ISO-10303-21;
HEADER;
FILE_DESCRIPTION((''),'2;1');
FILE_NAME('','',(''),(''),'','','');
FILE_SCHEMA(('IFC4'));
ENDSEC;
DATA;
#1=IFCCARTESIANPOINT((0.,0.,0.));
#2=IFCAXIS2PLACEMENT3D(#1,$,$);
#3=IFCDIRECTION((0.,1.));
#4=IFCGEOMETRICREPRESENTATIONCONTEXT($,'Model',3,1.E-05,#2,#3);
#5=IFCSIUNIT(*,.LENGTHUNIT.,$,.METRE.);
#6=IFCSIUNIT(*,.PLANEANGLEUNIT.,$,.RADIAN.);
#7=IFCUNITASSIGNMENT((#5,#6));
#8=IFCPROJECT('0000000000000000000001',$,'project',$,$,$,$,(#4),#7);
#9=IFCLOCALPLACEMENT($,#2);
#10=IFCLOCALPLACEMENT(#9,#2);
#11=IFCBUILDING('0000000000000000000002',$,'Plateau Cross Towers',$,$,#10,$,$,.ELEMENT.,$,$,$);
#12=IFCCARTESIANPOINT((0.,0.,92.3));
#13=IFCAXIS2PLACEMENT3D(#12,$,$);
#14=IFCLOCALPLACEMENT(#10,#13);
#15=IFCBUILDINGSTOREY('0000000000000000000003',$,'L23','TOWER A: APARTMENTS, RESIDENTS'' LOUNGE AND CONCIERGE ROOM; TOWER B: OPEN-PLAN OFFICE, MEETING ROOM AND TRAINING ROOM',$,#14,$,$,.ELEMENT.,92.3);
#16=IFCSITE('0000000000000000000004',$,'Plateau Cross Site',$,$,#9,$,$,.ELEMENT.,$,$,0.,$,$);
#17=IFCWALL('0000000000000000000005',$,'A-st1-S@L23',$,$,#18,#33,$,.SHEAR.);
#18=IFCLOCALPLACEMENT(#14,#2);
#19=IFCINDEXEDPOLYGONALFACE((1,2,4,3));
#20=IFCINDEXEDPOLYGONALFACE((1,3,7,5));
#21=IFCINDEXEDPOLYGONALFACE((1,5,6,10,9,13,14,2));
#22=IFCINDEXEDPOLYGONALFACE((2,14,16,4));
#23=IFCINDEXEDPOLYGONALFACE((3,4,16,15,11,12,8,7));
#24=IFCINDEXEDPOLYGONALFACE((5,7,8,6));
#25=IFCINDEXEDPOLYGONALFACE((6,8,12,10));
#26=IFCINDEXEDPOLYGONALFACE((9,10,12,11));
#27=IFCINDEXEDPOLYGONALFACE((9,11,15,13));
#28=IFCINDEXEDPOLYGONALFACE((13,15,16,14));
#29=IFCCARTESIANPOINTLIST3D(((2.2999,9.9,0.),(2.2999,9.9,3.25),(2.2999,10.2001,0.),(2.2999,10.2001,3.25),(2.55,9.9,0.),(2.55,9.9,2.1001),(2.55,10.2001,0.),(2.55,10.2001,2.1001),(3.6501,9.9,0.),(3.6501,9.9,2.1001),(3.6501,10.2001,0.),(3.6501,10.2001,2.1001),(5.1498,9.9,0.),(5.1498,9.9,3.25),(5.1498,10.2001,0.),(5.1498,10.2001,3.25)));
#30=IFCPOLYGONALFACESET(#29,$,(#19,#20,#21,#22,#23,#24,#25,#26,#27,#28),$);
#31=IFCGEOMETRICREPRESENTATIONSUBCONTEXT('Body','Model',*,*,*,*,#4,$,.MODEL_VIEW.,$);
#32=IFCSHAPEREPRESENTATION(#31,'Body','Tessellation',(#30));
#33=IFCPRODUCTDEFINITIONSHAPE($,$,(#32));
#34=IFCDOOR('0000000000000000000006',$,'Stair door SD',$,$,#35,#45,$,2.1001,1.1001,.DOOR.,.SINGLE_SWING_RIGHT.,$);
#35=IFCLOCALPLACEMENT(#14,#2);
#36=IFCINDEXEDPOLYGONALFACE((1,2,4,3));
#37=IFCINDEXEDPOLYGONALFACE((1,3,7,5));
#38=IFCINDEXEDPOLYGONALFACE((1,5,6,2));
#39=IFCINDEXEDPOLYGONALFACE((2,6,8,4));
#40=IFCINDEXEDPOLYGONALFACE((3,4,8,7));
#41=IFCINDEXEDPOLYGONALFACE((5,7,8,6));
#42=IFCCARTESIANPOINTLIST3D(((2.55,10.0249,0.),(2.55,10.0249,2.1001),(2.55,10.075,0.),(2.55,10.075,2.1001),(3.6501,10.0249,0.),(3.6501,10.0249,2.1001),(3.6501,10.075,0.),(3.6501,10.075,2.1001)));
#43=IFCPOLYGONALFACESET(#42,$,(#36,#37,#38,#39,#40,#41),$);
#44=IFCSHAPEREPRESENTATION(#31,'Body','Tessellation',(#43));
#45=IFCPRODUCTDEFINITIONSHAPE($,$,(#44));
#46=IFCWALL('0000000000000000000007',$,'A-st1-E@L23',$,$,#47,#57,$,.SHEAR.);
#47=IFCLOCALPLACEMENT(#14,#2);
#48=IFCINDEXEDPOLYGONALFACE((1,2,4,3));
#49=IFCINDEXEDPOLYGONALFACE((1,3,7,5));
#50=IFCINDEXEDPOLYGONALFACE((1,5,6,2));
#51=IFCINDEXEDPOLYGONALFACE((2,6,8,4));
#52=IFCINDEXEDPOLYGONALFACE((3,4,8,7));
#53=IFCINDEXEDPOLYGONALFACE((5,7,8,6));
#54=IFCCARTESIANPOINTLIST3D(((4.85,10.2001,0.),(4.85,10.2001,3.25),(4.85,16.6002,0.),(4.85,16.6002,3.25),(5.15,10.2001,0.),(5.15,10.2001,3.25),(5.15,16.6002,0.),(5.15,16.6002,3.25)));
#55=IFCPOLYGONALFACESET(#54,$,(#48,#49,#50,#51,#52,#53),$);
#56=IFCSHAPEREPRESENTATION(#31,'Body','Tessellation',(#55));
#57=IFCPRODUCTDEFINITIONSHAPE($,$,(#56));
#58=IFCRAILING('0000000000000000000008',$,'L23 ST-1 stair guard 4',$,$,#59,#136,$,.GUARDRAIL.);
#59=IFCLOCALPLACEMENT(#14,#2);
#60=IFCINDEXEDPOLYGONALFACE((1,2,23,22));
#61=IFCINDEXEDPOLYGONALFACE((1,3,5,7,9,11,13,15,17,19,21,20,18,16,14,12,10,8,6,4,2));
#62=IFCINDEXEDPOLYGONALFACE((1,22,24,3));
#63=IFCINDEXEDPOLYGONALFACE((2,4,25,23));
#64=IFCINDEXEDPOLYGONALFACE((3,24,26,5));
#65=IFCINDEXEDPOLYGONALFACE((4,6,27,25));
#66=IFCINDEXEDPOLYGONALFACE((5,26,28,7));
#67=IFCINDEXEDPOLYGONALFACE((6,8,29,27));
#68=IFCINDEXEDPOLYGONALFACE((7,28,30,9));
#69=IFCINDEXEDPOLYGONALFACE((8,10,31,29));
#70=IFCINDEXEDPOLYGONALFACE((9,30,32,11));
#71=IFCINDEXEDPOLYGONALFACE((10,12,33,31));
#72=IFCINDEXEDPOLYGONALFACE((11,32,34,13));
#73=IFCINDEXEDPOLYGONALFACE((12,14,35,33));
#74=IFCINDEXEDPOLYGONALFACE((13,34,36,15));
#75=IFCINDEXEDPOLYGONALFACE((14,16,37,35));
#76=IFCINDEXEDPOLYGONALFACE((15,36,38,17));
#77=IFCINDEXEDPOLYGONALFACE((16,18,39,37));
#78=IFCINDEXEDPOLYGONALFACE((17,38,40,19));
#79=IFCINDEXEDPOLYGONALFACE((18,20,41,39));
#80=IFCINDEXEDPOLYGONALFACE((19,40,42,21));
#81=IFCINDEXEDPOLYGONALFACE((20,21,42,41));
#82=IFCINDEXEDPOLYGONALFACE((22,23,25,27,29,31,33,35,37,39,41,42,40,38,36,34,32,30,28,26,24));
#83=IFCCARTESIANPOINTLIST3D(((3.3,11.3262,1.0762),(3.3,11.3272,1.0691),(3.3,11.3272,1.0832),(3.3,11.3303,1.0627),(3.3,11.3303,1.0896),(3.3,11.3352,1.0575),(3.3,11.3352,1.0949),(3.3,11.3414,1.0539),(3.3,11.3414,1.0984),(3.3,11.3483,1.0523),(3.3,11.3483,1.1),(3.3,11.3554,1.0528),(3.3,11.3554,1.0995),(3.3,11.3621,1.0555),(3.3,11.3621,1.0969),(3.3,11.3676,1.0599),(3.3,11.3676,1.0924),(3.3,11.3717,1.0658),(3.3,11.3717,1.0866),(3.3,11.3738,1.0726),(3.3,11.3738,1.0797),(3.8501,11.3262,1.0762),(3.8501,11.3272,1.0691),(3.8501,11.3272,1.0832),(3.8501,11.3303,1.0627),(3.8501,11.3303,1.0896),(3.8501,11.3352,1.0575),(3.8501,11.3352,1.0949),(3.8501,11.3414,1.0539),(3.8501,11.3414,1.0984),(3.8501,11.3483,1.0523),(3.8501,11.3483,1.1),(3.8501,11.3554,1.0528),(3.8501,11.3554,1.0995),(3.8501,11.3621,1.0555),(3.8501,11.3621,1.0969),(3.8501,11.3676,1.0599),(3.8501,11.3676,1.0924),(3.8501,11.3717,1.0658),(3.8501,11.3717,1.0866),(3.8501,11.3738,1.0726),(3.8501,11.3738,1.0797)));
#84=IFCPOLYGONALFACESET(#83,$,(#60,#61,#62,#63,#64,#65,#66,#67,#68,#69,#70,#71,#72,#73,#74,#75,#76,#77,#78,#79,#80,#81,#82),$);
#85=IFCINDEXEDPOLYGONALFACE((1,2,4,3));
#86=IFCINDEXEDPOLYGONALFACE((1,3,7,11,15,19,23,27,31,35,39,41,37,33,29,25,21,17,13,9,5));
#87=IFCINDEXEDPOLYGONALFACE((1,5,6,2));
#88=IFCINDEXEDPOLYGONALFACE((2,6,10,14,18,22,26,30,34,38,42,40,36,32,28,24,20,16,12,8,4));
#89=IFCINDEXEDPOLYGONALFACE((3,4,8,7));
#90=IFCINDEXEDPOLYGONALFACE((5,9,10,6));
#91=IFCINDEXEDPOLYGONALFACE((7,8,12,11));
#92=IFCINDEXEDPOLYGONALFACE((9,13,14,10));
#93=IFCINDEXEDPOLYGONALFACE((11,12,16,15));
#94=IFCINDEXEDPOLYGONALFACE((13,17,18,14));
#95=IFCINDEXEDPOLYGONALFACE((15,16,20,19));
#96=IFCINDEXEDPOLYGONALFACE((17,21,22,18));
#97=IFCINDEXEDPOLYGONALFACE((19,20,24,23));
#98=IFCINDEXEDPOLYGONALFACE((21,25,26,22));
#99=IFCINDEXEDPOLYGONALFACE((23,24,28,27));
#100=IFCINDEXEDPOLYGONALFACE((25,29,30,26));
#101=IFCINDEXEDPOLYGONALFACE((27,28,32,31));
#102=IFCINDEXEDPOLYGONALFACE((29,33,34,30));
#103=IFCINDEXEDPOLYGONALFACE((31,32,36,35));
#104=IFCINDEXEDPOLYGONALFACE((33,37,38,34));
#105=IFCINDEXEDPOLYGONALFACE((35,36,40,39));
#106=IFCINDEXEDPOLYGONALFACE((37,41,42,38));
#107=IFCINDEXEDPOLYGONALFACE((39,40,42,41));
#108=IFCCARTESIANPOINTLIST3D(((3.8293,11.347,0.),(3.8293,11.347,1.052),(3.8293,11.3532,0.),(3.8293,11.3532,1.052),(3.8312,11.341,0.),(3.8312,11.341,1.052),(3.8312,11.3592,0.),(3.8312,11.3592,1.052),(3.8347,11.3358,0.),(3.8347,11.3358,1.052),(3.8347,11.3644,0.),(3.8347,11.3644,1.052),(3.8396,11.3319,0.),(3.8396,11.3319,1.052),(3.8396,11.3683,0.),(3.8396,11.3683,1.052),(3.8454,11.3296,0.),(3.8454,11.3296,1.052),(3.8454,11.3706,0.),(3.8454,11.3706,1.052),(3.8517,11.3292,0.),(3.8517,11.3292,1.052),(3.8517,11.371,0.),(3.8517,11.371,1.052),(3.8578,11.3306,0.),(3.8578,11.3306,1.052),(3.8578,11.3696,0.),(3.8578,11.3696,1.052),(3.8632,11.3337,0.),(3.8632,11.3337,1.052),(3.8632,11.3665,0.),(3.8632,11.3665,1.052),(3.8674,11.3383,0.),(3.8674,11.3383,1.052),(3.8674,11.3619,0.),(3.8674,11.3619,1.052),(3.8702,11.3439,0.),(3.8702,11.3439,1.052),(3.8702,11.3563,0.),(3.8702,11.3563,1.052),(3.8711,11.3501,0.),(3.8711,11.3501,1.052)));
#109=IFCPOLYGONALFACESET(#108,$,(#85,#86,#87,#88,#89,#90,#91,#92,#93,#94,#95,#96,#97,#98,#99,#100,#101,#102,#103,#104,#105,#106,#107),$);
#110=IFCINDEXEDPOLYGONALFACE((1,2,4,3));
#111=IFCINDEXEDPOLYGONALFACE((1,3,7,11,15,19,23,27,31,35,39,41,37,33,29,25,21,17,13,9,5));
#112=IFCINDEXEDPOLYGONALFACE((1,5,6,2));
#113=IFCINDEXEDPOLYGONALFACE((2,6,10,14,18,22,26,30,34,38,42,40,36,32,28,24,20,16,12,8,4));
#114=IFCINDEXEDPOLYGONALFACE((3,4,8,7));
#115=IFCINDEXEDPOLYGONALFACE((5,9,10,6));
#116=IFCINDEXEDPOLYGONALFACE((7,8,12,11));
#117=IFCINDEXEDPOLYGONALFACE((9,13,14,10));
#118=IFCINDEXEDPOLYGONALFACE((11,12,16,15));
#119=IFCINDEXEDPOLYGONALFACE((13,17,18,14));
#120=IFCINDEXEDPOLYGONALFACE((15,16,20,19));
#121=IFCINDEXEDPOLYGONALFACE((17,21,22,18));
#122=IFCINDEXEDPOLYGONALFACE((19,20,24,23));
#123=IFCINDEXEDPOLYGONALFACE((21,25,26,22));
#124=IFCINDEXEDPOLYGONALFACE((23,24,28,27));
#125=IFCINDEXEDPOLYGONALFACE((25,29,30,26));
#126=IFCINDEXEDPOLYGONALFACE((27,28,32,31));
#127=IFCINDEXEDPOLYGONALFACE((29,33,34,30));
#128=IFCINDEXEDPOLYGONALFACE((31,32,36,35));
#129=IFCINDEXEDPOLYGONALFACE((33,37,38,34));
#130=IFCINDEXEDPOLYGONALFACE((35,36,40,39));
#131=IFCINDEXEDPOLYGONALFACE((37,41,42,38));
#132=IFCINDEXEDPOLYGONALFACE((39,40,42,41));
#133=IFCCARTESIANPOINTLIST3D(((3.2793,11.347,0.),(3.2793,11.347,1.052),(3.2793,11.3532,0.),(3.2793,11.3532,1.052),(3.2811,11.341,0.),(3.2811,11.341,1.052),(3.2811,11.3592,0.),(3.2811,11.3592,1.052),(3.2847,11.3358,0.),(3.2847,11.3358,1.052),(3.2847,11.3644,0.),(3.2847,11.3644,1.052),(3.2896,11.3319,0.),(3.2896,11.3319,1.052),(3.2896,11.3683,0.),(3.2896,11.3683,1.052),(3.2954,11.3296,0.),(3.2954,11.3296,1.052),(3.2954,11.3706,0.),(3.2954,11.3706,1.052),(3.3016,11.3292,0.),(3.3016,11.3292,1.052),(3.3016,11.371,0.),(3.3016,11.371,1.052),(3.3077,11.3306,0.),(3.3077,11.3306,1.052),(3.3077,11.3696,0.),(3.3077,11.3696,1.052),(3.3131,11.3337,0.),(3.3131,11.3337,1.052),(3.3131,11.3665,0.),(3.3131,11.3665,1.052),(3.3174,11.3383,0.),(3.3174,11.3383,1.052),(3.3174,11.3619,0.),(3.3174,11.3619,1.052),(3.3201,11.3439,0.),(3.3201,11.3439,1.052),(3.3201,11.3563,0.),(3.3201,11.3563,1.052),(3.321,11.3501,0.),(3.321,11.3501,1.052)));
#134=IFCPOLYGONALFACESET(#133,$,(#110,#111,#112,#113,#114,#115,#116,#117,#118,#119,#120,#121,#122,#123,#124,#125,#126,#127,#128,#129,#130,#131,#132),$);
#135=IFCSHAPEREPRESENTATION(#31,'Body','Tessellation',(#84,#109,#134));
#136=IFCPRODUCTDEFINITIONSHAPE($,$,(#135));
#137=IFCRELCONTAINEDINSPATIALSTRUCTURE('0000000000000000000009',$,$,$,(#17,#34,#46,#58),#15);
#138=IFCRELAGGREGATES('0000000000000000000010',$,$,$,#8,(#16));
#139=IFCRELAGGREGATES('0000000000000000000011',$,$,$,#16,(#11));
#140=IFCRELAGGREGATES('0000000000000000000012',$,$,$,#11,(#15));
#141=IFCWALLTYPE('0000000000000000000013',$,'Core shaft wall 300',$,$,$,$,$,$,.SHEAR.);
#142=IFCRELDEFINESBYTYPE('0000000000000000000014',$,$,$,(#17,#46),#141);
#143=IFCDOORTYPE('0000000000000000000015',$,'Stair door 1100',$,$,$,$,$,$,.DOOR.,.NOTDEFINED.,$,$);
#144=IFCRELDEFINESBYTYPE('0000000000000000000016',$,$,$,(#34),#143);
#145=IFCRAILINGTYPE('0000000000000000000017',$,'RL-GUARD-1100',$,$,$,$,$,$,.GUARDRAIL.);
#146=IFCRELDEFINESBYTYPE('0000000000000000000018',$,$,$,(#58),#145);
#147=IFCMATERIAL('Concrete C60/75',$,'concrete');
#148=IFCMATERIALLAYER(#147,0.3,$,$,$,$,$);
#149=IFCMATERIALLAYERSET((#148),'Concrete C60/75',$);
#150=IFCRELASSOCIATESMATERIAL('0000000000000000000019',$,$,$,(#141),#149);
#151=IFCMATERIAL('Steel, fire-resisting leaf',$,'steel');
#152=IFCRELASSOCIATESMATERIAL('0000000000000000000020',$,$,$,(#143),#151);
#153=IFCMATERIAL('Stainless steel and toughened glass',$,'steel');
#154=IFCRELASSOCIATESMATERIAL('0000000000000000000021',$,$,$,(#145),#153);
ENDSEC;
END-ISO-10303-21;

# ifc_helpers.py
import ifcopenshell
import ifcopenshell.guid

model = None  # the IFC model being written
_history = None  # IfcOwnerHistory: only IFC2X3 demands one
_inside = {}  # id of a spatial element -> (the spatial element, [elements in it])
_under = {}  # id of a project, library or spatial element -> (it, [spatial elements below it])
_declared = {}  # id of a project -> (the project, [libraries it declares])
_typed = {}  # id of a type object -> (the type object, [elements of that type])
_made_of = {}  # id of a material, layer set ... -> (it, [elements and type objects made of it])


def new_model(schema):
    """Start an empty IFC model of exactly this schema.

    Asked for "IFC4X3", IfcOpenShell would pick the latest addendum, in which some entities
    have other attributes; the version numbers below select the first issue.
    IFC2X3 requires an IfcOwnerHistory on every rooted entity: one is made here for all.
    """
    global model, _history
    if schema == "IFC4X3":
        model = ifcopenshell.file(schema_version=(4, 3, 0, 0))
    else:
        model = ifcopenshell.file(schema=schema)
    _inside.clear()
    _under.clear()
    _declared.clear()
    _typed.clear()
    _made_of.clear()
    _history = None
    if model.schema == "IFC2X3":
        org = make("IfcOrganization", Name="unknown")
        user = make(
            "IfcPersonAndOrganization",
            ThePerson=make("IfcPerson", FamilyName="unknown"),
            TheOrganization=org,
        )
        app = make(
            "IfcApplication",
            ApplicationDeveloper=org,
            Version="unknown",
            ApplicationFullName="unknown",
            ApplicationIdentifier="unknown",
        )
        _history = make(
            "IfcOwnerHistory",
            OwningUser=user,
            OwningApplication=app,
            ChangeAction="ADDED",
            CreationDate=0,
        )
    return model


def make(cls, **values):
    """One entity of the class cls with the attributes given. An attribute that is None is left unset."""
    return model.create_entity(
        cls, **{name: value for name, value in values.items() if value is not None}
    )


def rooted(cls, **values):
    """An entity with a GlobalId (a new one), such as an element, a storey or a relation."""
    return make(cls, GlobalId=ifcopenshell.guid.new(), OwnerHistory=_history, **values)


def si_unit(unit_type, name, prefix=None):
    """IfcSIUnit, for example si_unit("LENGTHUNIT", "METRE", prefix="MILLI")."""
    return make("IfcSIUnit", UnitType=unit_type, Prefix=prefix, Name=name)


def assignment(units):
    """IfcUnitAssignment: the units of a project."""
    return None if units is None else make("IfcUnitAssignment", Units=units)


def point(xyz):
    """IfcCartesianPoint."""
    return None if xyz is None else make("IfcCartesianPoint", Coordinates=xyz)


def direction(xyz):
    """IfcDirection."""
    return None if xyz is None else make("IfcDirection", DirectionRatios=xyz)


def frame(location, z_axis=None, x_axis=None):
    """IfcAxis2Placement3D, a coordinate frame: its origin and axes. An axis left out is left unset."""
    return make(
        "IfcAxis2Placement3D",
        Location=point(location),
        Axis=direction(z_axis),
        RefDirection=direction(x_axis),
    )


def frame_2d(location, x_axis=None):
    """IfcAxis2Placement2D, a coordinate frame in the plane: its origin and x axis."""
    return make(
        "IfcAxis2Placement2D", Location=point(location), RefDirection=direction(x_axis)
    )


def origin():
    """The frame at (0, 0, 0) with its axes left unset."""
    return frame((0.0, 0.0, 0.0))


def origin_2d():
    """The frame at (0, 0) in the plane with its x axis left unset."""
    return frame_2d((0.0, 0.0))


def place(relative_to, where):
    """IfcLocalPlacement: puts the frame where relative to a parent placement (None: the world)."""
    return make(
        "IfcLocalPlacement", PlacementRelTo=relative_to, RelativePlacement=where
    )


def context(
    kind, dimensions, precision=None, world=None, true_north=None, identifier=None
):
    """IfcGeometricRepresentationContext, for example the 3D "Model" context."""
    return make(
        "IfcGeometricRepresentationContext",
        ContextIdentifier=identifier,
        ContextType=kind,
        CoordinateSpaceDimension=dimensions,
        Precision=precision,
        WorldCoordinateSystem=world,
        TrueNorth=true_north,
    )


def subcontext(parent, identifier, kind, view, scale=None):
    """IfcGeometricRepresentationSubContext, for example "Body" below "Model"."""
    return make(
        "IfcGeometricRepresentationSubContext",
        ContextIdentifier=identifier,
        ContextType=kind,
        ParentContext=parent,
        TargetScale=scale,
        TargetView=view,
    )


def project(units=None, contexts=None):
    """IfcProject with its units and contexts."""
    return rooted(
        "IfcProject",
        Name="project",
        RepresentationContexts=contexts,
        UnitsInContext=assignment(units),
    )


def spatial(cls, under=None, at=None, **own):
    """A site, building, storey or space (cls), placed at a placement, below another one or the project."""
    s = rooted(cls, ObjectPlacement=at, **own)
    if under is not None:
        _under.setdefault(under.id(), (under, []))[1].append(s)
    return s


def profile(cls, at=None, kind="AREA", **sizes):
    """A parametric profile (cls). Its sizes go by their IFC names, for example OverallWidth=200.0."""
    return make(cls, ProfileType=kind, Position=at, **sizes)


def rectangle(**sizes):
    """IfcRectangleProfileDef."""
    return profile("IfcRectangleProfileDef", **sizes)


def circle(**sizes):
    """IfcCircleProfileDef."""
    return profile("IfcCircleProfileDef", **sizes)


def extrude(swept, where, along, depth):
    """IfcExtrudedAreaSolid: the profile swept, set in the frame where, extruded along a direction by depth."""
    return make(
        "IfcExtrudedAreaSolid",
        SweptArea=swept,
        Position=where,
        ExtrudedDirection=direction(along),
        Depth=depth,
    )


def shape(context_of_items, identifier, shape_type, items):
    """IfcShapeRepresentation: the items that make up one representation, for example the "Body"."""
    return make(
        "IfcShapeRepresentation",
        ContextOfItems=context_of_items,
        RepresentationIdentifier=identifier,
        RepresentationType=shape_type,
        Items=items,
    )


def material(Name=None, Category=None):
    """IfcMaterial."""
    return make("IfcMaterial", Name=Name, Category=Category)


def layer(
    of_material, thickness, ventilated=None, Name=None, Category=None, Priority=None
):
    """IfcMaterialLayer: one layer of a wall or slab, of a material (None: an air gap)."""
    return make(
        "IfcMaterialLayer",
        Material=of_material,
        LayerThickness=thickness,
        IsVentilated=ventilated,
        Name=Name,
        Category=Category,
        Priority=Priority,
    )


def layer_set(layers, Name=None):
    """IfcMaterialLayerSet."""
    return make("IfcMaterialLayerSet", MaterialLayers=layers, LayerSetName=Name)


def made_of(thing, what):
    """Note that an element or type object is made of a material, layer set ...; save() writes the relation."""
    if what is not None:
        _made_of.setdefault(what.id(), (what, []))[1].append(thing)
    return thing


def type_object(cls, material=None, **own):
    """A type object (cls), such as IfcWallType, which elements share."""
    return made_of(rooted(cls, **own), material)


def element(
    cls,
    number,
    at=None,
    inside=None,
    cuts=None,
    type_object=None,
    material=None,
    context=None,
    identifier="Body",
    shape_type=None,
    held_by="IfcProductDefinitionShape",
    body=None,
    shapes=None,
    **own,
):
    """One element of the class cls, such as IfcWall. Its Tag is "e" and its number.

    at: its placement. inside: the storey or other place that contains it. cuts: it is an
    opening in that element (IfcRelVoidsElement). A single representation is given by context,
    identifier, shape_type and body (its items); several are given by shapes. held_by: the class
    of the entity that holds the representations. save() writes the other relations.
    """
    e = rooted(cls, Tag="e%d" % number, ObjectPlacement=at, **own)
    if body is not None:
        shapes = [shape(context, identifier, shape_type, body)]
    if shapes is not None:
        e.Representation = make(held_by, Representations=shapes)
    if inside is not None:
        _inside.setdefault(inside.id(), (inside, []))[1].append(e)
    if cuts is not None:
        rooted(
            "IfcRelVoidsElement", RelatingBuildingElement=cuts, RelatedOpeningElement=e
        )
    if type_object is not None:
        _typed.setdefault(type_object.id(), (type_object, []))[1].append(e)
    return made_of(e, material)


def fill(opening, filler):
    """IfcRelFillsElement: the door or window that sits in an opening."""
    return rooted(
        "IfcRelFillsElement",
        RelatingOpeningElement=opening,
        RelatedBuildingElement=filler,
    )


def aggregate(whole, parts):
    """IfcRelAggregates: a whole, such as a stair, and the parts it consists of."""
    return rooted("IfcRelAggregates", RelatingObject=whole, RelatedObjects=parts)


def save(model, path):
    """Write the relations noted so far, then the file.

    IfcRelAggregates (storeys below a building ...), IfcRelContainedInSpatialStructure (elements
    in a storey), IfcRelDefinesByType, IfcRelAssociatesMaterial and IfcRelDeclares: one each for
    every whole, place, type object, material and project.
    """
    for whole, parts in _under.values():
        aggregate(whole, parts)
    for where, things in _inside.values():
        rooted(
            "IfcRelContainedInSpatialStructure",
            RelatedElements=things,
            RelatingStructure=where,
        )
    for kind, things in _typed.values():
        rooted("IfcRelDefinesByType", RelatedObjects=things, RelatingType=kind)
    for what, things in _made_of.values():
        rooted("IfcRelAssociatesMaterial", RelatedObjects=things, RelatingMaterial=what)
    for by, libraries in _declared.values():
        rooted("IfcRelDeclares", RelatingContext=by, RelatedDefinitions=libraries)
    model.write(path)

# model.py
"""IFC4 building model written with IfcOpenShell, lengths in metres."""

from ifc_helpers import new_model, si_unit, direction, frame, frame_2d, origin, origin_2d, place, context, subcontext, project, spatial, rectangle, circle, extrude, material, layer, layer_set, type_object, element, fill, save


model = new_model("IFC4")

# Units and contexts
model_context = context("Model", 3, precision=1e-05, world=origin(), true_north=direction((0.0, 1.0)))
body_context = subcontext(model_context, "Body", "Model", "MODEL_VIEW")
ifc_project = project(units=[si_unit("LENGTHUNIT", "METRE"), si_unit("PLANEANGLEUNIT", "RADIAN")], contexts=[model_context])

# Site, building, storey
site_placement = place(None, origin())
site = spatial("IfcSite", under=ifc_project, at=site_placement, Name="Plateau Cross Site", CompositionType="ELEMENT", RefElevation=0.0)
building_placement = place(site_placement, origin())
building = spatial("IfcBuilding", under=site, at=building_placement, Name="Plateau Cross Towers", CompositionType="ELEMENT")
storey_placement = place(building_placement, frame((0.0, 0.0, 92.3)))
storey = spatial("IfcBuildingStorey", under=building, at=storey_placement, Name="L23", Description="TOWER A: APARTMENTS, RESIDENTS' LOUNGE AND CONCIERGE ROOM; TOWER B: OPEN-PLAN OFFICE, MEETING ROOM AND TRAINING ROOM", CompositionType="ELEMENT", Elevation=92.3)

# Shared definitions
ifc_material_1 = material(Name="Steel, fire-resisting leaf", Category="steel")

# Shared definitions
ifc_material_2 = material(Name="Concrete C60/75", Category="concrete")
ifc_layer_1 = layer(ifc_material_2, 0.3)
ifc_layer_set_1 = layer_set([ifc_layer_1], Name="Concrete C60/75")
wall_type_1 = type_object("IfcWallType", Name="Core shaft wall 300", PredefinedType="SHEAR", material=ifc_layer_set_1)

# Shared definitions
door_type_1 = type_object("IfcDoorType", Name="Stair door 1100", OperationType="NOTDEFINED", PredefinedType="DOOR", material=ifc_material_1)

# Wall, opening, door
wall_1_placement = place(storey_placement, frame((2.3, 10.05, 0.0), z_axis=(0.0, 0.0, 1.0), x_axis=(1.0, 0.0, 0.0)))
wall_1 = element("IfcWall", 1, at=wall_1_placement, inside=storey, type_object=wall_type_1, Name="A-st1-S@L23", PredefinedType="SHEAR", context=body_context, shape_type="SweptSolid", body=[
    extrude(rectangle(XDim=2.8499, YDim=0.3, at=frame_2d((1.4248, 0.0))), origin(), (0.0, 0.0, 1.0), 3.25),
])
opening_1_placement = place(wall_1_placement, frame((0.25, 0.0, 0.0)))
opening_1 = element("IfcOpeningElement", 2, at=opening_1_placement, cuts=wall_1, PredefinedType="OPENING", context=body_context, shape_type="SweptSolid", body=[
    extrude(rectangle(XDim=1.1001, YDim=2.1001, at=frame_2d((0.55, 1.05))), frame((0.0, 0.1599, 0.0), z_axis=(0.0, -1.0, 0.0), x_axis=(1.0, 0.0, 0.0)), (0.0, 0.0, 1.0), 0.3201),
])
door_1_placement = place(opening_1_placement, origin())
door_1 = element("IfcDoor", 3, at=door_1_placement, inside=storey, type_object=door_type_1, Name="Stair door SD", OperationType="SINGLE_SWING_RIGHT", OverallHeight=2.1001, OverallWidth=1.1001, PredefinedType="DOOR", context=body_context, shape_type="SweptSolid", body=[
    extrude(rectangle(XDim=1.1001, YDim=2.1001, at=frame_2d((0.55, 1.05))), frame((0.0, 0.0249, 0.0), z_axis=(0.0, -1.0, 0.0), x_axis=(1.0, 0.0, 0.0)), (0.0, 0.0, 1.0), 0.05),
])
fill(opening_1, door_1)

# Wall
wall_2_placement = place(storey_placement, frame((5.0, 10.2, 0.0), z_axis=(0.0, 0.0, 1.0), x_axis=(0.0, 1.0, 0.0)))
element("IfcWall", 4, at=wall_2_placement, inside=storey, type_object=wall_type_1, Name="A-st1-E@L23", PredefinedType="SHEAR", context=body_context, shape_type="SweptSolid", body=[
    extrude(rectangle(XDim=6.4001, YDim=0.3, at=frame_2d((3.2002, 0.0))), origin(), (0.0, 0.0, 1.0), 3.25),
])

# Railing
ifc_material_3 = material(Name="Stainless steel and toughened glass", Category="steel")
railing_type = type_object("IfcRailingType", Name="RL-GUARD-1100", PredefinedType="GUARDRAIL", material=ifc_material_3)
railing_placement = place(storey_placement, frame((3.8501, 11.3501, 0.0)))
element("IfcRailing", 5, at=railing_placement, inside=storey, type_object=railing_type, Name="L23 ST-1 stair guard 4", PredefinedType="GUARDRAIL", context=body_context, shape_type="SweptSolid", body=[
    extrude(circle(Radius=0.0239, at=origin_2d()), frame((0.0, 0.0, 1.0762), z_axis=(-1.0, 0.0, 0.0), x_axis=(0.0, -1.0, 0.0)), (0.0, 0.0, 1.0), 0.55),
    extrude(circle(Radius=0.021, at=origin_2d()), origin(), (0.0, 0.0, 1.0), 1.052),
    extrude(circle(Radius=0.021, at=origin_2d()), frame((-0.55, 0.0, 0.0)), (0.0, 0.0, 1.0), 1.052),
])

save(model, "model.ifc")
